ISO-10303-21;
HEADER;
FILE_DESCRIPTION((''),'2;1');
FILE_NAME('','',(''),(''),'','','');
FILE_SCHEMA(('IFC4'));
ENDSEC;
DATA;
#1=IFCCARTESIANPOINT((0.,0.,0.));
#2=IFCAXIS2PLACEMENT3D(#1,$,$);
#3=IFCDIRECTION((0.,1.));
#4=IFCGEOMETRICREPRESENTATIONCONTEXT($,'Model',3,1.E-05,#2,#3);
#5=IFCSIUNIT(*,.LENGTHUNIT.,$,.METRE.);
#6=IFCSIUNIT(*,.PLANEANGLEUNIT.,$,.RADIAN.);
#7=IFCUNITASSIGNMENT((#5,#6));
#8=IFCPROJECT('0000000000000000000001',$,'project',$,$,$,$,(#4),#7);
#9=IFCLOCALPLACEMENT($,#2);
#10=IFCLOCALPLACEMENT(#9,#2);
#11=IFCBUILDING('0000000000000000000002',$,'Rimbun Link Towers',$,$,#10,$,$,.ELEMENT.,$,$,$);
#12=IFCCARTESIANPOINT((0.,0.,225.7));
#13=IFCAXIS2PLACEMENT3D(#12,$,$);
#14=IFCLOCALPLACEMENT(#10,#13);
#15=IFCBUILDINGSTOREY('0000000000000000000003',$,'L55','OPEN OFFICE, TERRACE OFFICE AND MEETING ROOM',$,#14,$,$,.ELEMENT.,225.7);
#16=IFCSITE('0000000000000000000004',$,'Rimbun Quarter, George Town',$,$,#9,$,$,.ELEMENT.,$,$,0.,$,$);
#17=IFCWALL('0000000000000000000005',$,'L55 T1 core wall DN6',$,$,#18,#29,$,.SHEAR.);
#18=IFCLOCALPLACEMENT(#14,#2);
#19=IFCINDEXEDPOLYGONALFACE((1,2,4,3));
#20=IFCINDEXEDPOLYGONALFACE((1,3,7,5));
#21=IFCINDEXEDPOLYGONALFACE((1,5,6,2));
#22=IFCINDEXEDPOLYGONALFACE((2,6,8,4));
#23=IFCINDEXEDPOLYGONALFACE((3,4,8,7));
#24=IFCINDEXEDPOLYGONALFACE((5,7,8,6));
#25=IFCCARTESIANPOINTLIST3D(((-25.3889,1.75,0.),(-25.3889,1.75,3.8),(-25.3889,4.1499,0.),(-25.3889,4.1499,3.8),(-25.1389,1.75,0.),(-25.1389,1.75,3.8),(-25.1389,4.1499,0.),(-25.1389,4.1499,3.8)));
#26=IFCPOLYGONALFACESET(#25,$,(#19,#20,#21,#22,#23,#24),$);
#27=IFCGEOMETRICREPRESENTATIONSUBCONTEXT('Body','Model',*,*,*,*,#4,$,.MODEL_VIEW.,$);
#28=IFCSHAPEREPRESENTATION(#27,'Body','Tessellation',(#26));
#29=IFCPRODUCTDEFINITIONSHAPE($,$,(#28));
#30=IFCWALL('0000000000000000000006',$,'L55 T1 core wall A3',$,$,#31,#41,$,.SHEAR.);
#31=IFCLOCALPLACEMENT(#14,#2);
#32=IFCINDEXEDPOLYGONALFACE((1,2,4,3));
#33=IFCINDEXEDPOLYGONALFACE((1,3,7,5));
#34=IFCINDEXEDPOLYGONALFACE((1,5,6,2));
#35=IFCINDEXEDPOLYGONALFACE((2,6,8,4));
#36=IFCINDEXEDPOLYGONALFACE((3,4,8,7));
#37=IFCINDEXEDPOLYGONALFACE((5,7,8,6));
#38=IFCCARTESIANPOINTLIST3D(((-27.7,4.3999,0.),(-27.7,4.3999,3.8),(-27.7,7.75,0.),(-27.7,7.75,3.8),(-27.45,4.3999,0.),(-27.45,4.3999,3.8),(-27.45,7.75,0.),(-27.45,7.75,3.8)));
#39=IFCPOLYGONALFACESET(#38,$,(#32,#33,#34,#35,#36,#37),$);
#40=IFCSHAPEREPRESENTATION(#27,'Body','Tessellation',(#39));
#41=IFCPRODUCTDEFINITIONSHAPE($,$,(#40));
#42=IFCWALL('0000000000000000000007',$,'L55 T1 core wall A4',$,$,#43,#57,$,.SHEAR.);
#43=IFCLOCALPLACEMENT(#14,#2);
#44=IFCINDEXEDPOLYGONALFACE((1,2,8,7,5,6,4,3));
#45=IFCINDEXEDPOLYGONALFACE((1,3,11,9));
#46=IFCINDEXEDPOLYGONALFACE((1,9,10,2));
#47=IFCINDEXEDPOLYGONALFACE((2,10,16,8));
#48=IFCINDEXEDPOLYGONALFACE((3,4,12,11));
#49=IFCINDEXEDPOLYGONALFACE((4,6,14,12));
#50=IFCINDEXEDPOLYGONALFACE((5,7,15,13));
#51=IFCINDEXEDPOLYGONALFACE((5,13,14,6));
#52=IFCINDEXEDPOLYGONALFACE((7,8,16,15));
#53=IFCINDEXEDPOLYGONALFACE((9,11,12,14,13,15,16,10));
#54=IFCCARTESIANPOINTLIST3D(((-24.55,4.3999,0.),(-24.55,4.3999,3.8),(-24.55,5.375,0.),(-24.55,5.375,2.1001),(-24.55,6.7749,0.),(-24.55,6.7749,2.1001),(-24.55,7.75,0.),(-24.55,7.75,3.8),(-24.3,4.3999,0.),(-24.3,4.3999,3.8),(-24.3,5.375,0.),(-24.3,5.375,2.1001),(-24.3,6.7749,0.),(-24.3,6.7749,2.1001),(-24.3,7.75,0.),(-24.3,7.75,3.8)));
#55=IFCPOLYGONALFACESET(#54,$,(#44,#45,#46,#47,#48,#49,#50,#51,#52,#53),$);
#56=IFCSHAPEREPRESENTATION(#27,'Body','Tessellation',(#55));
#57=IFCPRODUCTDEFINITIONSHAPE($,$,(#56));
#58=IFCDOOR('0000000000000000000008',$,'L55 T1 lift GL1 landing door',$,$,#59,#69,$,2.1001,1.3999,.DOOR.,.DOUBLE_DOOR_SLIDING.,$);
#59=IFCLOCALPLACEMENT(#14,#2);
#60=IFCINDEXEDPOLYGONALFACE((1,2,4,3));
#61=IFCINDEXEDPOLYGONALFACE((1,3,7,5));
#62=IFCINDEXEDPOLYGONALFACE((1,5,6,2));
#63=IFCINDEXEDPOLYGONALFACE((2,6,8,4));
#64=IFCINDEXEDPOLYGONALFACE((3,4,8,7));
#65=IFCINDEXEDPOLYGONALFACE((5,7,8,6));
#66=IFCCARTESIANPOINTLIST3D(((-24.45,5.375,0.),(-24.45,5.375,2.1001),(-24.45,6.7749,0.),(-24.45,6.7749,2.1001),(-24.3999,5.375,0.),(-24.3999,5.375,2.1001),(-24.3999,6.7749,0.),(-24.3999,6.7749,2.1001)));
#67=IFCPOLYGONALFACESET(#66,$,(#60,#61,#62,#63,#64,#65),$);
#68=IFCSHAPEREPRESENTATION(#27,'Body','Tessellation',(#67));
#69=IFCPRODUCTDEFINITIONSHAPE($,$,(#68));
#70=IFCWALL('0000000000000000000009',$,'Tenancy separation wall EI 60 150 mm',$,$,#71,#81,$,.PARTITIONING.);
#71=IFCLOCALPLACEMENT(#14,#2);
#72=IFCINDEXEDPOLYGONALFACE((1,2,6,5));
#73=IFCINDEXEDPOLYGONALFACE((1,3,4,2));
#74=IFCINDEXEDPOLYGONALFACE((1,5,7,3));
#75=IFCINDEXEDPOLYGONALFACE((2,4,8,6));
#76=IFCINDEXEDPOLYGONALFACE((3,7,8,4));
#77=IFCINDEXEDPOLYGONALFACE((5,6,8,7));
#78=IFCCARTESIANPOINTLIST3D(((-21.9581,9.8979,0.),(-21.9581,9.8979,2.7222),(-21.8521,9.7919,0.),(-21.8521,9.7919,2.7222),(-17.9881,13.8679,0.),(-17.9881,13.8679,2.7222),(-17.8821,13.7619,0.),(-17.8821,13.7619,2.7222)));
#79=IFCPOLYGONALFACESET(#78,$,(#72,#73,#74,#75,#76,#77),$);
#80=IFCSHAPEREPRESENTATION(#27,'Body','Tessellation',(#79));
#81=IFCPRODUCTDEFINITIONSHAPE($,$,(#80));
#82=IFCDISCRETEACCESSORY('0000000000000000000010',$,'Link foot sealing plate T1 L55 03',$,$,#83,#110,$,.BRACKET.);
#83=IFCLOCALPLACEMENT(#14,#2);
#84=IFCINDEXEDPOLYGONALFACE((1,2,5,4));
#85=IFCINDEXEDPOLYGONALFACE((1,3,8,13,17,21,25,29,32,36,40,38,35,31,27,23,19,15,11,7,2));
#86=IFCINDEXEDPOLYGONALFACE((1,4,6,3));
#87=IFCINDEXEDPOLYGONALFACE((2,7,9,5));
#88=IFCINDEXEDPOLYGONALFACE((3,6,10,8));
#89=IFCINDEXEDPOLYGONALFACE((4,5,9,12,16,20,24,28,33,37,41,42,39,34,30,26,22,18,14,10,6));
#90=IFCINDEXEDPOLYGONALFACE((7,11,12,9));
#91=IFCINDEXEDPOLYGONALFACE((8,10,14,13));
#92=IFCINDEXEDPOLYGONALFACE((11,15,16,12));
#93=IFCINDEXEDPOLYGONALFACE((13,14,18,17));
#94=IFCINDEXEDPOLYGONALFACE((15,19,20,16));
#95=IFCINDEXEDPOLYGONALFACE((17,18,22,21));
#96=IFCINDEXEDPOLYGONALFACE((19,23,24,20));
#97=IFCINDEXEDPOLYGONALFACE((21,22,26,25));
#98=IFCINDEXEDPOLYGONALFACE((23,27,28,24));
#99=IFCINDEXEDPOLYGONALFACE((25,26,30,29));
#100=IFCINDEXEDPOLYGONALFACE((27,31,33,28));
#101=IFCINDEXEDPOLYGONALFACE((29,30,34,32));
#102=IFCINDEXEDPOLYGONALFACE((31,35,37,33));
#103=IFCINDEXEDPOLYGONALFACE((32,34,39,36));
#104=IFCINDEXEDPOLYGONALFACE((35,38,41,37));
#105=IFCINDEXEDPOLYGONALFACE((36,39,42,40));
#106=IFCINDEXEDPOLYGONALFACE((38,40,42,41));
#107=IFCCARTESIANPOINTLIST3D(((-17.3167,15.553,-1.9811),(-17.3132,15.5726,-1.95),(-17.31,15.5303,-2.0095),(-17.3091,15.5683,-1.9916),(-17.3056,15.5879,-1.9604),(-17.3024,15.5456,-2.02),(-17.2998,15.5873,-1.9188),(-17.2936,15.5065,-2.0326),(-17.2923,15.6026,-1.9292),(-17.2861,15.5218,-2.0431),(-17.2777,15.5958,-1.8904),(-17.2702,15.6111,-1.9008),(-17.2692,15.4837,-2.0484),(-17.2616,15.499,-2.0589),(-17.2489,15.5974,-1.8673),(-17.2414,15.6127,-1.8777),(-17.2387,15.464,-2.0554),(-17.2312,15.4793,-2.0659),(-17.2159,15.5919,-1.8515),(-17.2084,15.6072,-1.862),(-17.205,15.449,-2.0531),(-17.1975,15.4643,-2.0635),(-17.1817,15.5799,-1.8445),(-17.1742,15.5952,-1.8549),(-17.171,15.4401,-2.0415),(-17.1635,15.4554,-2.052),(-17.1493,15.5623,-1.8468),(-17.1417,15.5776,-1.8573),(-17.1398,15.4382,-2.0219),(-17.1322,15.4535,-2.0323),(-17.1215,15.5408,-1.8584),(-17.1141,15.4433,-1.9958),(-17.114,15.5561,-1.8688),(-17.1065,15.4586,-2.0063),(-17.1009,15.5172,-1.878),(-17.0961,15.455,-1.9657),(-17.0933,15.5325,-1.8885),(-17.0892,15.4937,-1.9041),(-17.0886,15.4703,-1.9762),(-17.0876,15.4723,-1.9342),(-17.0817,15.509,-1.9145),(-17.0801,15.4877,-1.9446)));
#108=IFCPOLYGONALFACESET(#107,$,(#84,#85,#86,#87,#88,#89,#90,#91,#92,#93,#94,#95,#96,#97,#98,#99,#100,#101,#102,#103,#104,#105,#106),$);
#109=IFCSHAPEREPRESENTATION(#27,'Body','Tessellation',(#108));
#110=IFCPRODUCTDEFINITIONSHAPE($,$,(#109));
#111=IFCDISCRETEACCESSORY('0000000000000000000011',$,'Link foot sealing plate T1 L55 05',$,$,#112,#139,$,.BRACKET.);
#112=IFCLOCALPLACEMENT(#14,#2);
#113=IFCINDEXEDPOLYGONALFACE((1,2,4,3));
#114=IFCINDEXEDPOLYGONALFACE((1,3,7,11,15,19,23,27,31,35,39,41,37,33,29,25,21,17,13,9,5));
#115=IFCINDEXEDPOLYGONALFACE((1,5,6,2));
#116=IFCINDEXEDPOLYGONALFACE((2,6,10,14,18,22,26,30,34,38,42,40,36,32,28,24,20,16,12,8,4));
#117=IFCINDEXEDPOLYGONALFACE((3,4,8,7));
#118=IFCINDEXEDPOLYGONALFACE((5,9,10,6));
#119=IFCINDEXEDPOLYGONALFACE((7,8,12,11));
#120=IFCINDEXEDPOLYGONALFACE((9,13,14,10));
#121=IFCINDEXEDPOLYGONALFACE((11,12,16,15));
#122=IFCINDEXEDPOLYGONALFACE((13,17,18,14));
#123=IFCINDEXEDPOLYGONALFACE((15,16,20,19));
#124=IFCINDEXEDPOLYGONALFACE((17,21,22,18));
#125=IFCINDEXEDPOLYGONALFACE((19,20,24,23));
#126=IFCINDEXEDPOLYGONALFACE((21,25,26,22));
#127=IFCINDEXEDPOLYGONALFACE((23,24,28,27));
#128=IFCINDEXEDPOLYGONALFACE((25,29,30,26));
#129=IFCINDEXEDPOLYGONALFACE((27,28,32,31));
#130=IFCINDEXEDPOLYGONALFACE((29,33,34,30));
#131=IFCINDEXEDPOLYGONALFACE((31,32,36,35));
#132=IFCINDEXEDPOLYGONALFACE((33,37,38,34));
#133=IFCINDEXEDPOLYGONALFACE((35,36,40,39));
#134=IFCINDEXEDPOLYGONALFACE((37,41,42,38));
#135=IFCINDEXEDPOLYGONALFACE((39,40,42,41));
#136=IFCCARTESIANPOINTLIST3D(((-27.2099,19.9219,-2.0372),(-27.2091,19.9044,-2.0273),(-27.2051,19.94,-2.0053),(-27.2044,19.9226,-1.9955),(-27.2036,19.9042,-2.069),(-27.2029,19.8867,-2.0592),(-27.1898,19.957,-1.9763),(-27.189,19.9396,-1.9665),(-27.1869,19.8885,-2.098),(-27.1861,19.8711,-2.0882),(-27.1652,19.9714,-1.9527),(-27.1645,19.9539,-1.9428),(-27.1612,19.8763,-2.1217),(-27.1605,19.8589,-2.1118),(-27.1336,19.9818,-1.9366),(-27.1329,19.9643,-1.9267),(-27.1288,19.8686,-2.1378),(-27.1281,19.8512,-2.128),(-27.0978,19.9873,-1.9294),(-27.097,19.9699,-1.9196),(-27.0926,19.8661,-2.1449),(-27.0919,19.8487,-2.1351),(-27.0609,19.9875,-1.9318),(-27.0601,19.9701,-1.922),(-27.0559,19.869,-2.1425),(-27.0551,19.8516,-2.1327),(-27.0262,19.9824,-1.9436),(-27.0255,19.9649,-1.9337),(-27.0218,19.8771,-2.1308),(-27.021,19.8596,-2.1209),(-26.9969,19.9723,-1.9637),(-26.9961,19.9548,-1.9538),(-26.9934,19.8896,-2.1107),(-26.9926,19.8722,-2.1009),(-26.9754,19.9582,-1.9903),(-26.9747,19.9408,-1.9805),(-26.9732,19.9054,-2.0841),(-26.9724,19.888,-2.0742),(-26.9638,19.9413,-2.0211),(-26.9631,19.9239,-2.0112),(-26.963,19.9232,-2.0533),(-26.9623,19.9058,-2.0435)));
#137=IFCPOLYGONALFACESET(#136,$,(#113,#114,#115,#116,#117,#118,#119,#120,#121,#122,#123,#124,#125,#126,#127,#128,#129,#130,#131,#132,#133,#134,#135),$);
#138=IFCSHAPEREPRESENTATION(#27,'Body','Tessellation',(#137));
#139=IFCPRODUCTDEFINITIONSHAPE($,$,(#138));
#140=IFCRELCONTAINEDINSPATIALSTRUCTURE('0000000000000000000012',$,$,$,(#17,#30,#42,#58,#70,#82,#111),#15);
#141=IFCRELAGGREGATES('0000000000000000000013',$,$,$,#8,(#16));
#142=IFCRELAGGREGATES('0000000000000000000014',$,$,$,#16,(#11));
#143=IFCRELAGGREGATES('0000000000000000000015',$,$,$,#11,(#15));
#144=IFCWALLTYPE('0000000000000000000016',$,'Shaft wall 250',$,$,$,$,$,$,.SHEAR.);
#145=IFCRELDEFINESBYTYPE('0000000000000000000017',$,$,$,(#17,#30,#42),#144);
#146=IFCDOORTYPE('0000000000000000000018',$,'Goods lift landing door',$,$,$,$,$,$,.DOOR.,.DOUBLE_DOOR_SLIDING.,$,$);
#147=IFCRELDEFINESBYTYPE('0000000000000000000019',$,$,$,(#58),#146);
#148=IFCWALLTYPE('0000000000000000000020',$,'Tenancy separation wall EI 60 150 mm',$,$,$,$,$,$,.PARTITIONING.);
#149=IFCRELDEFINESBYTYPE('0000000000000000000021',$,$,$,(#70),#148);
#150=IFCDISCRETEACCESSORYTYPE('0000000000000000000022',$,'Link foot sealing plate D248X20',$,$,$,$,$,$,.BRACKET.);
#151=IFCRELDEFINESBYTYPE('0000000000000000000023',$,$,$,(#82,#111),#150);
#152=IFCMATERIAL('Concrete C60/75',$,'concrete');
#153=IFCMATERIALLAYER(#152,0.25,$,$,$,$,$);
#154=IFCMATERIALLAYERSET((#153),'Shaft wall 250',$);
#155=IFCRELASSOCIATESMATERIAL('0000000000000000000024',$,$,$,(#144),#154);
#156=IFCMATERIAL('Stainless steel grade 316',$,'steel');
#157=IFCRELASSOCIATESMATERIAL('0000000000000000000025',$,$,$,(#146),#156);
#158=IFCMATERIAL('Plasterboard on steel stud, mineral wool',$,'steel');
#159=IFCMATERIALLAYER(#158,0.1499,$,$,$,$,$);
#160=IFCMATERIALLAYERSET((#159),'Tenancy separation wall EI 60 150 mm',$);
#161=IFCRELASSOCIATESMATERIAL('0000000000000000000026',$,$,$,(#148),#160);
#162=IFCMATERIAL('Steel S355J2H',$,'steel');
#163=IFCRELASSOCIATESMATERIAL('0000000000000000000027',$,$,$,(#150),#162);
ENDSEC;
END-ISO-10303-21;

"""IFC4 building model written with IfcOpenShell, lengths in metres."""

from ifc_helpers import new_model, si_unit, direction, frame, frame_2d, origin, origin_2d, place, context, subcontext, project, spatial, rectangle, circle, extrude, material, layer, layer_set, material_profile, profile_set, type_object, element, fill, save


model = new_model("IFC4")

# Units and contexts
model_context = context("Model", 3, precision=1e-05, world=origin(), true_north=direction((0.0, 1.0)))
body_context = subcontext(model_context, "Body", "Model", "MODEL_VIEW")
ifc_project = project(units=[si_unit("LENGTHUNIT", "METRE"), si_unit("PLANEANGLEUNIT", "RADIAN")], contexts=[model_context])

# Site, building, storey
site_placement = place(None, origin())
site = spatial("IfcSite", under=ifc_project, at=site_placement, Name="Rimbun Quarter, George Town", CompositionType="ELEMENT", RefElevation=0.0)
building_placement = place(site_placement, origin())
building = spatial("IfcBuilding", under=site, at=building_placement, Name="Rimbun Link Towers", CompositionType="ELEMENT")
storey_placement = place(building_placement, frame((0.0, 0.0, 225.7)))
storey = spatial("IfcBuildingStorey", under=building, at=storey_placement, Name="L55", Description="OPEN OFFICE, TERRACE OFFICE AND MEETING ROOM", CompositionType="ELEMENT", Elevation=225.7)

# Walls
ifc_material_1 = material(Name="Concrete C60/75", Category="concrete")
ifc_layer_1 = layer(ifc_material_1, 0.25)
ifc_layer_set_1 = layer_set([ifc_layer_1], Name="Shaft wall 250")
wall_type_1 = type_object("IfcWallType", Name="Shaft wall 250", PredefinedType="SHEAR", material=ifc_layer_set_1)
wall_1_placement = place(storey_placement, frame((-25.2639, 1.75, 0.0), z_axis=(0.0, 0.0, 1.0), x_axis=(0.0, 1.0, 0.0)))
element("IfcWall", 1, at=wall_1_placement, inside=storey, type_object=wall_type_1, Name="L55 T1 core wall DN6", PredefinedType="SHEAR", context=body_context, shape_type="SweptSolid", body=[
    extrude(rectangle(XDim=2.3999, YDim=0.25, at=frame_2d((1.2, 0.0))), origin(), (0.0, 0.0, 1.0), 3.8),
])
wall_2_placement = place(storey_placement, frame((-27.575, 4.3999, 0.0), z_axis=(0.0, 0.0, 1.0), x_axis=(0.0, 1.0, 0.0)))
element("IfcWall", 2, at=wall_2_placement, inside=storey, type_object=wall_type_1, Name="L55 T1 core wall A3", PredefinedType="SHEAR", context=body_context, shape_type="SweptSolid", body=[
    extrude(rectangle(XDim=3.3501, YDim=0.25, at=frame_2d((1.675, 0.0))), origin(), (0.0, 0.0, 1.0), 3.8),
])

# Wall, opening, door
wall_3_placement = place(storey_placement, frame((-24.425, 4.3999, 0.0), z_axis=(0.0, 0.0, 1.0), x_axis=(0.0, 1.0, 0.0)))
wall_3 = element("IfcWall", 3, at=wall_3_placement, inside=storey, type_object=wall_type_1, Name="L55 T1 core wall A4", PredefinedType="SHEAR", context=body_context, shape_type="SweptSolid", body=[
    extrude(rectangle(XDim=3.3501, YDim=0.25, at=frame_2d((1.675, 0.0))), origin(), (0.0, 0.0, 1.0), 3.8),
])
opening_1_placement = place(wall_3_placement, frame((0.9751, 0.0, 0.0)))
opening_1 = element("IfcOpeningElement", 4, at=opening_1_placement, cuts=wall_3, PredefinedType="OPENING", context=body_context, shape_type="SweptSolid", body=[
    extrude(rectangle(XDim=1.3999, YDim=2.1001, at=frame_2d((0.7, 1.05))), frame((0.0, 0.135, 0.0), z_axis=(0.0, -1.0, 0.0), x_axis=(1.0, 0.0, 0.0)), (0.0, 0.0, 1.0), 0.27),
])
ifc_material_2 = material(Name="Stainless steel grade 316", Category="steel")
door_type_1 = type_object("IfcDoorType", Name="Goods lift landing door", OperationType="DOUBLE_DOOR_SLIDING", PredefinedType="DOOR", material=ifc_material_2)
door_1_placement = place(opening_1_placement, origin())
door_1 = element("IfcDoor", 5, at=door_1_placement, inside=storey, type_object=door_type_1, Name="L55 T1 lift GL1 landing door", OperationType="DOUBLE_DOOR_SLIDING", OverallHeight=2.1001, OverallWidth=1.3999, PredefinedType="DOOR", context=body_context, shape_type="SweptSolid", body=[
    extrude(rectangle(XDim=1.3999, YDim=2.1001, at=frame_2d((0.7, 1.05))), frame((0.0, 0.0249, 0.0), z_axis=(0.0, -1.0, 0.0), x_axis=(1.0, 0.0, 0.0)), (0.0, 0.0, 1.0), 0.05),
])
fill(opening_1, door_1)

# Wall
ifc_material_3 = material(Name="Plasterboard on steel stud, mineral wool", Category="steel")
ifc_layer_2 = layer(ifc_material_3, 0.1499)
ifc_layer_set_2 = layer_set([ifc_layer_2], Name="Tenancy separation wall EI 60 150 mm")
wall_type_2 = type_object("IfcWallType", Name="Tenancy separation wall EI 60 150 mm", PredefinedType="PARTITIONING", material=ifc_layer_set_2)
wall_4_placement = place(storey_placement, frame((-21.905, 9.845, 0.0), z_axis=(0.0, 0.0, 1.0), x_axis=(0.707107, 0.707107, 0.0)))
element("IfcWall", 6, at=wall_4_placement, inside=storey, type_object=wall_type_2, Name="Tenancy separation wall EI 60 150 mm", PredefinedType="PARTITIONING", context=body_context, shape_type="SweptSolid", body=[
    extrude(rectangle(XDim=5.6145, YDim=0.1499, at=frame_2d((2.8071, 0.0))), origin(), (0.0, 0.0, 1.0), 2.7222),
])

# Discrete accessories
ifc_material_4 = material(Name="Steel S355J2H", Category="steel")
ifc_material_profile_1 = material_profile(ifc_material_4, circle(Radius=0.124, at=origin_2d()), Name="PL D248")
ifc_profile_set_1 = profile_set([ifc_material_profile_1], Name="Steel S355J2H")
discrete_accessory_type = type_object("IfcDiscreteAccessoryType", Name="Link foot sealing plate D248X20", PredefinedType="BRACKET", material=ifc_profile_set_1)
for number, where, z_axis, x_axis, name in (
    (7, (-17.2019, 15.5178, -1.95), (0.376512, 0.76517, -0.522259), (-0.897257, 0.441508, 0.0), "Link foot sealing plate T1 L55 03"),
    (8, (-27.0852, 19.9097, -2.0273), (-0.036788, 0.870658, -0.490511), (-0.999109, -0.042216, 0.0), "Link foot sealing plate T1 L55 05"),
):
    element("IfcDiscreteAccessory", number, at=place(storey_placement, frame(where, z_axis=z_axis, x_axis=x_axis)), inside=storey, type_object=discrete_accessory_type, Name=name, PredefinedType="BRACKET", context=body_context, shape_type="SweptSolid", body=[
        extrude(circle(Radius=0.124, at=origin_2d()), origin(), (0.0, 0.0, 1.0), 0.02),
    ])

save(model, "model.ifc")
